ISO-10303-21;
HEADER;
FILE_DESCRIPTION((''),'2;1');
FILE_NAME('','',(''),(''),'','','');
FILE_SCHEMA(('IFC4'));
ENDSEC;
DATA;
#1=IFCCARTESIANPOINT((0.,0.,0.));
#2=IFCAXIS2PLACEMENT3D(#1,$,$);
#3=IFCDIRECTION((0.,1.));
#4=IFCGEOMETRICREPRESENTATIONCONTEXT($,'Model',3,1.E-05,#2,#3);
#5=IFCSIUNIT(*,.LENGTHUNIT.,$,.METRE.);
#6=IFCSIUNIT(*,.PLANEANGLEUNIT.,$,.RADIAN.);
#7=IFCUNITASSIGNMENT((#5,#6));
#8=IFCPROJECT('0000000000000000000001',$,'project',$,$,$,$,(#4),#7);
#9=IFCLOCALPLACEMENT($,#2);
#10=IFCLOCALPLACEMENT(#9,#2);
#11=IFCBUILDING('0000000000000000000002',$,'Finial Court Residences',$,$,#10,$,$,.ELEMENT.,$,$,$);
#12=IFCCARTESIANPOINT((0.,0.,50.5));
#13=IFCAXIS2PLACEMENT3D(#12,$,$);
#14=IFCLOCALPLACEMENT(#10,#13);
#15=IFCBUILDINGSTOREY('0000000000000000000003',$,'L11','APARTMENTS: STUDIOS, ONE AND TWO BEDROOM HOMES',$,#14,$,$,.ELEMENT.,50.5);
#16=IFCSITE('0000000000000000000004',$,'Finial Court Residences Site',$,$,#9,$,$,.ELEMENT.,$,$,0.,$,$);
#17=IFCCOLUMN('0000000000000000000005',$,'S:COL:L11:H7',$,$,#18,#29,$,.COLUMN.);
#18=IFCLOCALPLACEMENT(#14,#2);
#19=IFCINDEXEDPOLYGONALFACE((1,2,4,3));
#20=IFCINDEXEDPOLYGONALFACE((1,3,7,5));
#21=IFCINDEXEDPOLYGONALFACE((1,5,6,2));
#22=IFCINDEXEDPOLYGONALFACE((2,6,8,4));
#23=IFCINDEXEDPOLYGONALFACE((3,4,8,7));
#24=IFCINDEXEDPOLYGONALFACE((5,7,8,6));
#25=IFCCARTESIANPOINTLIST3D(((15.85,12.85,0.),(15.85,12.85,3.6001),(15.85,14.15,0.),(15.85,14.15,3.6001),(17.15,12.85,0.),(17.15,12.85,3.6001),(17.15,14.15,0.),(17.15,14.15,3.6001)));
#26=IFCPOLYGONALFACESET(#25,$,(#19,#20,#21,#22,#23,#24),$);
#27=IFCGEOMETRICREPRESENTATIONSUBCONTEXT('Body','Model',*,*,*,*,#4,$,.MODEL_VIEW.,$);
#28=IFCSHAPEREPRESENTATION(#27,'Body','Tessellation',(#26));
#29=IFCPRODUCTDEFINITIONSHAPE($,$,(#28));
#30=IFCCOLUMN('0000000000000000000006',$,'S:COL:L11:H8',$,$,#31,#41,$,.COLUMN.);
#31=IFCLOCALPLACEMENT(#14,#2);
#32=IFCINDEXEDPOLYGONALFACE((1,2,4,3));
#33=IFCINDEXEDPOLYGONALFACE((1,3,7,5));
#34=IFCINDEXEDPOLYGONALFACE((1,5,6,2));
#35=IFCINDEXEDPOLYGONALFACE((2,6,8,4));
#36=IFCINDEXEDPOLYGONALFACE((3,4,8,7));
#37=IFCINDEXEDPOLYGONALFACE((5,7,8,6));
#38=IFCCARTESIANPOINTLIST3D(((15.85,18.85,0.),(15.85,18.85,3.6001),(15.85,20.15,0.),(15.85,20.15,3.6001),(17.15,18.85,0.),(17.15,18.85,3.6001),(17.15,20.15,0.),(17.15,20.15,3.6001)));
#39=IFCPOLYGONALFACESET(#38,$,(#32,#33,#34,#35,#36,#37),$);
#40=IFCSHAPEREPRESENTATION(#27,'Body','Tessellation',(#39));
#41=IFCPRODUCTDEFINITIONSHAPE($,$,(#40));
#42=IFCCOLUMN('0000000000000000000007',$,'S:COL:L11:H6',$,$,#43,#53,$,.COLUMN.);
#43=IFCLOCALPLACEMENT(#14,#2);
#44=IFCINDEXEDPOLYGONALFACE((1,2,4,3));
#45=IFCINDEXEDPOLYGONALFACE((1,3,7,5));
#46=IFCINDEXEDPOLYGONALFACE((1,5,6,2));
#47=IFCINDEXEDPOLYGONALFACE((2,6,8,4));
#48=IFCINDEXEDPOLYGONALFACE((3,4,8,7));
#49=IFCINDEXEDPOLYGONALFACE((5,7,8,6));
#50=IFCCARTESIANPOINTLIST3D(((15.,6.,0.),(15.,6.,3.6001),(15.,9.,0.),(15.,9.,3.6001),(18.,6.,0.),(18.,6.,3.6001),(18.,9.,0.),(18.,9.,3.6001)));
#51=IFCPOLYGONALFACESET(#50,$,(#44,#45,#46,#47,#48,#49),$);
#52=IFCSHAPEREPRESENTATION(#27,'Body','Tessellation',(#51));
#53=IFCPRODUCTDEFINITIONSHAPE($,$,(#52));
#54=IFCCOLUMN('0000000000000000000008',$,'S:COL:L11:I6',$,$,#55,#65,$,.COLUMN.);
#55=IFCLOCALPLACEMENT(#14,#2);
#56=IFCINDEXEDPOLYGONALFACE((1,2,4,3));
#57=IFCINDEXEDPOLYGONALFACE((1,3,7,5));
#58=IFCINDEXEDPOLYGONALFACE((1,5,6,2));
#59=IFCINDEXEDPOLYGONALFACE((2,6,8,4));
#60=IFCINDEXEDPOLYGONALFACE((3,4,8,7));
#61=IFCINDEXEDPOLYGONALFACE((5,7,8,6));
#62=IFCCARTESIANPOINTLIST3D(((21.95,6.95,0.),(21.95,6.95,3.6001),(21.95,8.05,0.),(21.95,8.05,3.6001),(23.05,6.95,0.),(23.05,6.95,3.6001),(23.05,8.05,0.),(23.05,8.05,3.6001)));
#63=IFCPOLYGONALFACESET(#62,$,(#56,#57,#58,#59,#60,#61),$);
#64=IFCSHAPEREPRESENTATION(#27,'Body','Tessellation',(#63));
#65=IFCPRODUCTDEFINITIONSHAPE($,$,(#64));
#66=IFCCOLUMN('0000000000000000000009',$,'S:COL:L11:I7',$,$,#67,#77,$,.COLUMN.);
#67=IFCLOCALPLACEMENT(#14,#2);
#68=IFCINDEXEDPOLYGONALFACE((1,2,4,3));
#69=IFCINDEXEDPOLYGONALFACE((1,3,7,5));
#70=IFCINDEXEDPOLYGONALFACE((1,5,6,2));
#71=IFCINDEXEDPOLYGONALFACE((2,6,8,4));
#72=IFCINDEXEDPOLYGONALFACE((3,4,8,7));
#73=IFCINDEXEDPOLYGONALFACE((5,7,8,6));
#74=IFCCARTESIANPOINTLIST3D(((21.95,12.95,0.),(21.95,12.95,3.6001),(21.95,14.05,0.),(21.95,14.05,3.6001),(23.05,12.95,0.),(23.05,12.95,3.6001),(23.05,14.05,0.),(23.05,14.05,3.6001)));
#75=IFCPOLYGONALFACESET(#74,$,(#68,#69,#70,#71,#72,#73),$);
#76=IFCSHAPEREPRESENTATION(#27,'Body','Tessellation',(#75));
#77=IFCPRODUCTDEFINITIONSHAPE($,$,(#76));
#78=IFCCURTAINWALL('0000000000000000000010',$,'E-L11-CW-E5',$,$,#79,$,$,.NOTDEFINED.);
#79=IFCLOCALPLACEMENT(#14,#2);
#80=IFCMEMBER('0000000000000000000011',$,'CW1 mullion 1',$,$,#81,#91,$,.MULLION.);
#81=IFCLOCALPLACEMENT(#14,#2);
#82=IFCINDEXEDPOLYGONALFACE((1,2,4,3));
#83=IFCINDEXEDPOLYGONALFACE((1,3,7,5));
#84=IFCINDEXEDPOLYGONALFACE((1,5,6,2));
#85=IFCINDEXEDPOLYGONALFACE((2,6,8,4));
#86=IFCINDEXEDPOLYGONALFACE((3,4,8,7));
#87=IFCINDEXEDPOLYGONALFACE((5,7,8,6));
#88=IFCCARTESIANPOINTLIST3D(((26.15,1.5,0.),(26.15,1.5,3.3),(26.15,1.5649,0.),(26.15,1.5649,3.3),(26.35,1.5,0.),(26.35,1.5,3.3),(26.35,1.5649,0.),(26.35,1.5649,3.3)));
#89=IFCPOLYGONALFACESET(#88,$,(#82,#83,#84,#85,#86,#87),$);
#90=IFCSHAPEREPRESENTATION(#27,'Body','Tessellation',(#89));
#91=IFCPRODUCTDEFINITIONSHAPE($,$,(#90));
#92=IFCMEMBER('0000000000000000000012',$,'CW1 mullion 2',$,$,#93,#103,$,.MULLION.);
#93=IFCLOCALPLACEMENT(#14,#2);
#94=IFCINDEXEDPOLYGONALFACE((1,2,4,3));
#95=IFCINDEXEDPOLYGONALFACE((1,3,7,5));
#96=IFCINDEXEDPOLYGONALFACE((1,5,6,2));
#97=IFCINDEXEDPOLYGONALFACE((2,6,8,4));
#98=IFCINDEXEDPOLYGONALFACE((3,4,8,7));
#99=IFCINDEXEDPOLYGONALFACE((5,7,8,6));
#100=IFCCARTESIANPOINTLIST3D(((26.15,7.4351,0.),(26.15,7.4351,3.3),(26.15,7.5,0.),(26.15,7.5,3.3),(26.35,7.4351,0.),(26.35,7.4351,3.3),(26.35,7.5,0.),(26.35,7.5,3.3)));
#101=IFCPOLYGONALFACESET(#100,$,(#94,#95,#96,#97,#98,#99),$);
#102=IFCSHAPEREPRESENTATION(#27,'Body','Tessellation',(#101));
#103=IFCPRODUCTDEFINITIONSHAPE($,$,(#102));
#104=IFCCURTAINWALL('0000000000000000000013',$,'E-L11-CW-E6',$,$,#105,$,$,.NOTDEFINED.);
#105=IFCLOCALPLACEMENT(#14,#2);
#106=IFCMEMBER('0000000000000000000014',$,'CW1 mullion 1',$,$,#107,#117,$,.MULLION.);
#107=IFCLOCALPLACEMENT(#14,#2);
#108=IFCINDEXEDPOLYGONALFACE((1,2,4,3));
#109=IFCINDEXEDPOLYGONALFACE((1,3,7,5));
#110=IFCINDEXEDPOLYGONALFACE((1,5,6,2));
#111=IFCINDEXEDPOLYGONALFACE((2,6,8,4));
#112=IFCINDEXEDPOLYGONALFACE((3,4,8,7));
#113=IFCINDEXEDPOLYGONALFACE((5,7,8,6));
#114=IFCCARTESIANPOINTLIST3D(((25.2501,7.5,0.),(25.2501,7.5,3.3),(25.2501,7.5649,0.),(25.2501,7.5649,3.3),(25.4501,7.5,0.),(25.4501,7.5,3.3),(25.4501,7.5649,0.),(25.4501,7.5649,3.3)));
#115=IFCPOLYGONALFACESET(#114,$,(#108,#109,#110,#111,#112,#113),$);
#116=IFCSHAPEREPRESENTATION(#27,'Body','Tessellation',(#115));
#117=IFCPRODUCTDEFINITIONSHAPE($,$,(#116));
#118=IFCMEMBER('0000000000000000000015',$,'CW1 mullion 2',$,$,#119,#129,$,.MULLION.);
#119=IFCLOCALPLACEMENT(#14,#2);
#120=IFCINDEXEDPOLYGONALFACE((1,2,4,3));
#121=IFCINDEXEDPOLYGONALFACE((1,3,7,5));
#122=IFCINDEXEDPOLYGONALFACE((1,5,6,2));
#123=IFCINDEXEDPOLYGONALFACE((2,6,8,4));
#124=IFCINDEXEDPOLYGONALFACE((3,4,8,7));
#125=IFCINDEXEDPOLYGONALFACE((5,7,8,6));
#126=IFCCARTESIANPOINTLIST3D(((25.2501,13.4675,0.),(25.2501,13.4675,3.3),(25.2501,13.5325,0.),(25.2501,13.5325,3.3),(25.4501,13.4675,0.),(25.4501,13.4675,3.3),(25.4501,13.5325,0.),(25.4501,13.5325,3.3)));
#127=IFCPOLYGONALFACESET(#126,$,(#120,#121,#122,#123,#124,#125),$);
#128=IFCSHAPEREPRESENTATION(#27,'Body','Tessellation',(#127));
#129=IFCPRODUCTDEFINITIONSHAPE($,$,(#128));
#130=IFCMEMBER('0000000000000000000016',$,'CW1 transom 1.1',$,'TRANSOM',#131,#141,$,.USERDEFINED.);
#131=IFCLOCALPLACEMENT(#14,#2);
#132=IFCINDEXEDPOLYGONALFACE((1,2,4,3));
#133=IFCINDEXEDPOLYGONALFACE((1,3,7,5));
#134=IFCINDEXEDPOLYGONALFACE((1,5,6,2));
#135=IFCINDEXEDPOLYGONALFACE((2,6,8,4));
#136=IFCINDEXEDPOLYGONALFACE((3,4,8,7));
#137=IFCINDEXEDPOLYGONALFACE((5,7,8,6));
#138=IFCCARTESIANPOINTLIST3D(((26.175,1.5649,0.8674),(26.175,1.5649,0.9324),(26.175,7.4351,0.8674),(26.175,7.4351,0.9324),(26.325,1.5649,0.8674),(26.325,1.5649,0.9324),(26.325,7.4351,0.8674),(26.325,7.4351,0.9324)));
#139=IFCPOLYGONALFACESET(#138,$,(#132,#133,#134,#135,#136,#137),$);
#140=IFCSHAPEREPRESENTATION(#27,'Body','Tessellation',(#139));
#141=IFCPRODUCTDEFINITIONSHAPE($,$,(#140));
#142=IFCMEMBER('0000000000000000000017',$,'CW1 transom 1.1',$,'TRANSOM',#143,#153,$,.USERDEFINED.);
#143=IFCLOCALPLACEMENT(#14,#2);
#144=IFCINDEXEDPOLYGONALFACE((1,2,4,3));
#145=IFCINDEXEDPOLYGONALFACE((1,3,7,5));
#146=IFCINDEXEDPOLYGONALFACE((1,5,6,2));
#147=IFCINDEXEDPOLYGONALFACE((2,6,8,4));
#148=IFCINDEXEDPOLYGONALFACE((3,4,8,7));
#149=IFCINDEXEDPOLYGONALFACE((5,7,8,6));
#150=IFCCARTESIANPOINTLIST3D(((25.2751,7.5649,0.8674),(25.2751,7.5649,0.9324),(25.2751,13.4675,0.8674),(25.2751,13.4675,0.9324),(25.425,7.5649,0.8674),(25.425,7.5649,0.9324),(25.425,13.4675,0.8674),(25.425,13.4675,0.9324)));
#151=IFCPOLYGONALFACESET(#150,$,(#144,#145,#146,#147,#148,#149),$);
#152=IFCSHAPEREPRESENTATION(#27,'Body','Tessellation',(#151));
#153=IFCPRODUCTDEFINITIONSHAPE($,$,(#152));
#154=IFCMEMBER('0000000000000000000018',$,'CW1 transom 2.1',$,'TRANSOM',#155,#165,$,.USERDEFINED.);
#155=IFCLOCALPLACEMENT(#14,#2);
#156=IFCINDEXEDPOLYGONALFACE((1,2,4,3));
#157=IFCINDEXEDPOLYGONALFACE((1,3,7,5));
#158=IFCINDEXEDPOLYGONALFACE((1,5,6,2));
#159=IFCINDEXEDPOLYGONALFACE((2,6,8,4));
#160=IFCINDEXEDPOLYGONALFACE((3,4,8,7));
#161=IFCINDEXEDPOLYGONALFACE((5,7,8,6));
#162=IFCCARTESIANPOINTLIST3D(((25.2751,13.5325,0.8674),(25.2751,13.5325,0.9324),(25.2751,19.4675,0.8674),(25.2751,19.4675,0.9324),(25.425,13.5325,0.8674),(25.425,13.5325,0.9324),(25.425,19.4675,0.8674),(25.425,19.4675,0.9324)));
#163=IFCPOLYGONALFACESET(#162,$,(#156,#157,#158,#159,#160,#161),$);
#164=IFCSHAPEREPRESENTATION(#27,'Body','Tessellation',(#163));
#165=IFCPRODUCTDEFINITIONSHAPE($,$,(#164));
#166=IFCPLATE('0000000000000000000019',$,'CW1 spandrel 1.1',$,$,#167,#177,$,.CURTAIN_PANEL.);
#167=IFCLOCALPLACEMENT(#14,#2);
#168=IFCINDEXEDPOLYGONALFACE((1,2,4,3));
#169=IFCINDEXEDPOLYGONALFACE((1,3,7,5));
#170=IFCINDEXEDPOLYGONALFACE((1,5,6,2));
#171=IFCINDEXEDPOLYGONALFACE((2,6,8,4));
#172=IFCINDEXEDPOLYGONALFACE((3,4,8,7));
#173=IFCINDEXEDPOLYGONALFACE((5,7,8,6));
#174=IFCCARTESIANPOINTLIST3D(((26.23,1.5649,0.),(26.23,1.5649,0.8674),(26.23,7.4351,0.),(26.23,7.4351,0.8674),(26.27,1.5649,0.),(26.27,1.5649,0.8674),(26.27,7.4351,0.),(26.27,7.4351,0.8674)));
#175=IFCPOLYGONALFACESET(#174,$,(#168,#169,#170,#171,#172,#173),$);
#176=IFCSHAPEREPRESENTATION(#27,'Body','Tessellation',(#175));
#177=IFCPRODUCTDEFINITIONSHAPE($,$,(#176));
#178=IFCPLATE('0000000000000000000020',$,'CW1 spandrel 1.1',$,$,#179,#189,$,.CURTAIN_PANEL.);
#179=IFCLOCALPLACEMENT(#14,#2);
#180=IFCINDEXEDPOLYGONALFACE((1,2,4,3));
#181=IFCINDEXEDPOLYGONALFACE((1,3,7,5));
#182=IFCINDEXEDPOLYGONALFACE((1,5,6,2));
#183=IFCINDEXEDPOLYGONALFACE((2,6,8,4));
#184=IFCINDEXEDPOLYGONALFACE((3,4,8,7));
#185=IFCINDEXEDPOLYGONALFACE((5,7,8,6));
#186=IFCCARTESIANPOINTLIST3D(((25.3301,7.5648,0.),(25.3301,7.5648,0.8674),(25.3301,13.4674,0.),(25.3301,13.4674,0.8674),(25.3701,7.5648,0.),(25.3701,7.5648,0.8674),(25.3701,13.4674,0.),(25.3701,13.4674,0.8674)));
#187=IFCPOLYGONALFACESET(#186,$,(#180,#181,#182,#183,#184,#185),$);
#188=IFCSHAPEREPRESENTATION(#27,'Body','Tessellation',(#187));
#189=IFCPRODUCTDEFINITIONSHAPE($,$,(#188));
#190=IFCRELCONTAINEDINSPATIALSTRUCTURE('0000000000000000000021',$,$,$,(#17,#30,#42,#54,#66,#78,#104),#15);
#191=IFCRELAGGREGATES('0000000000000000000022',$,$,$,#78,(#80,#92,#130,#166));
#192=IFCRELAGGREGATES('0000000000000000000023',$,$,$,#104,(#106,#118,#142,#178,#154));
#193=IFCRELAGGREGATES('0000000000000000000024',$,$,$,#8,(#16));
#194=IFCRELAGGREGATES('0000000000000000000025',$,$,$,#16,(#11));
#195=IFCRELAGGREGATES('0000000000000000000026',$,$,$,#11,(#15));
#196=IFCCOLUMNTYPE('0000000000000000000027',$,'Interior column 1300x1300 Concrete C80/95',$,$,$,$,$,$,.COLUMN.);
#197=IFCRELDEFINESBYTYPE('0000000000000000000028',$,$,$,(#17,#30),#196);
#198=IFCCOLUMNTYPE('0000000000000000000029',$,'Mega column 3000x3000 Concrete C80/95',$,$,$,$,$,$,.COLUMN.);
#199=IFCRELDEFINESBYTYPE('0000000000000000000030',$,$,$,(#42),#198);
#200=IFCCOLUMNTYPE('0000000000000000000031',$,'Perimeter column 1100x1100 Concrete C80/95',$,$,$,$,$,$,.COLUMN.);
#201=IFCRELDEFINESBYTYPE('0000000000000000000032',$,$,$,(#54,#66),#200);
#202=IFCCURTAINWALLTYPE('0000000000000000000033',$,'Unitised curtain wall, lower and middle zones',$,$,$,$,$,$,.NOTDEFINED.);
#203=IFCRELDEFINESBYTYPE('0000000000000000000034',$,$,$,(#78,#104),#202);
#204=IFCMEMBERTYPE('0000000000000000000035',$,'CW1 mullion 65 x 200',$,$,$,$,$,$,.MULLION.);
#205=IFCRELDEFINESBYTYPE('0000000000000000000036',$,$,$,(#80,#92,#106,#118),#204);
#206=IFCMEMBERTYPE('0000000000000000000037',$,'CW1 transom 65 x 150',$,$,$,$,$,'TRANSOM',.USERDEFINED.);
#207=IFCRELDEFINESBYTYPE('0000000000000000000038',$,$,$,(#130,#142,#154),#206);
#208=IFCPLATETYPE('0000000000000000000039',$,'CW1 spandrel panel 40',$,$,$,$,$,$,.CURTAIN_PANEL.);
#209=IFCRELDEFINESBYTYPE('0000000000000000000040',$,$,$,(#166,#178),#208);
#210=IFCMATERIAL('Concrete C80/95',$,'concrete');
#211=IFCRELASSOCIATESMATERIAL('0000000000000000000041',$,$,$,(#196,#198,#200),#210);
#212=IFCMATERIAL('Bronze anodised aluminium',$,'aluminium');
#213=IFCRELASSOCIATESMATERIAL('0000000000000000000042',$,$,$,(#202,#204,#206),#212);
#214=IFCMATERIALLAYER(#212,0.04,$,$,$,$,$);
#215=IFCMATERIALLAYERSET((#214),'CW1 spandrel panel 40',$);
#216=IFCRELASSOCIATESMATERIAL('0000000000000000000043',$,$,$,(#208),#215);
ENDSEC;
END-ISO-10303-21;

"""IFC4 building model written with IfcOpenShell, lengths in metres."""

from ifc_helpers import new_model, si_unit, direction, frame, origin, origin_2d, place, context, subcontext, project, spatial, rectangle, extrude, material, layer, layer_set, material_profile, profile_set, type_object, element, aggregate, save


model = new_model("IFC4")

# Units and contexts
model_context = context("Model", 3, precision=1e-05, world=origin(), true_north=direction((0.0, 1.0)))
body_context = subcontext(model_context, "Body", "Model", "MODEL_VIEW")
ifc_project = project(units=[si_unit("LENGTHUNIT", "METRE"), si_unit("PLANEANGLEUNIT", "RADIAN")], contexts=[model_context])

# Site, building, storey
site_placement = place(None, origin())
site = spatial("IfcSite", under=ifc_project, at=site_placement, Name="Finial Court Residences Site", CompositionType="ELEMENT", RefElevation=0.0)
building_placement = place(site_placement, origin())
building = spatial("IfcBuilding", under=site, at=building_placement, Name="Finial Court Residences", CompositionType="ELEMENT")
storey_placement = place(building_placement, frame((0.0, 0.0, 50.5)))
storey = spatial("IfcBuildingStorey", under=building, at=storey_placement, Name="L11", Description="APARTMENTS: STUDIOS, ONE AND TWO BEDROOM HOMES", CompositionType="ELEMENT", Elevation=50.5)

# Columns
ifc_material_1 = material(Name="Concrete C80/95", Category="concrete")
ifc_material_profile_1 = material_profile(ifc_material_1, rectangle(XDim=1.3, YDim=1.3, at=origin_2d()), Name="1300x1300")
ifc_profile_set_1 = profile_set([ifc_material_profile_1], Name="Concrete C80/95")
column_type_1 = type_object("IfcColumnType", Name="Interior column 1300x1300 Concrete C80/95", PredefinedType="COLUMN", material=ifc_profile_set_1)
for number, where, z_axis, x_axis, name in (
    (1, (16.5, 13.5, 0.0), (0.0, 0.0, 1.0), (1.0, 0.0, 0.0), "S:COL:L11:H7"),
    (2, (16.5, 19.5, 0.0), (0.0, 0.0, 1.0), (1.0, 0.0, 0.0), "S:COL:L11:H8"),
):
    element("IfcColumn", number, at=place(storey_placement, frame(where, z_axis=z_axis, x_axis=x_axis)), inside=storey, type_object=column_type_1, Name=name, PredefinedType="COLUMN", context=body_context, shape_type="SweptSolid", body=[
        extrude(rectangle(XDim=1.3, YDim=1.3, at=origin_2d()), origin(), (0.0, 0.0, 1.0), 3.6001),
    ])
ifc_material_profile_2 = material_profile(ifc_material_1, rectangle(XDim=3.0, YDim=3.0, at=origin_2d()), Name="3000x3000")
ifc_profile_set_2 = profile_set([ifc_material_profile_2], Name="Concrete C80/95")
column_type_2 = type_object("IfcColumnType", Name="Mega column 3000x3000 Concrete C80/95", PredefinedType="COLUMN", material=ifc_profile_set_2)
column_placement = place(storey_placement, frame((16.5, 7.5, 0.0), z_axis=(0.0, 0.0, 1.0), x_axis=(1.0, 0.0, 0.0)))
element("IfcColumn", 3, at=column_placement, inside=storey, type_object=column_type_2, Name="S:COL:L11:H6", PredefinedType="COLUMN", context=body_context, shape_type="SweptSolid", body=[
    extrude(rectangle(XDim=3.0, YDim=3.0, at=origin_2d()), origin(), (0.0, 0.0, 1.0), 3.6001),
])
ifc_material_profile_3 = material_profile(ifc_material_1, rectangle(XDim=1.1001, YDim=1.1001, at=origin_2d()), Name="1100x1100")
ifc_profile_set_3 = profile_set([ifc_material_profile_3], Name="Concrete C80/95")
column_type_3 = type_object("IfcColumnType", Name="Perimeter column 1100x1100 Concrete C80/95", PredefinedType="COLUMN", material=ifc_profile_set_3)
for number, where, z_axis, x_axis, name in (
    (4, (22.5, 7.5, 0.0), (0.0, 0.0, 1.0), (1.0, 0.0, 0.0), "S:COL:L11:I6"),
    (5, (22.5, 13.5, 0.0), (0.0, 0.0, 1.0), (1.0, 0.0, 0.0), "S:COL:L11:I7"),
):
    element("IfcColumn", number, at=place(storey_placement, frame(where, z_axis=z_axis, x_axis=x_axis)), inside=storey, type_object=column_type_3, Name=name, PredefinedType="COLUMN", context=body_context, shape_type="SweptSolid", body=[
        extrude(rectangle(XDim=1.1001, YDim=1.1001, at=origin_2d()), origin(), (0.0, 0.0, 1.0), 3.6001),
    ])

# Curtain walls, members
ifc_material_2 = material(Name="Bronze anodised aluminium", Category="aluminium")
curtain_wall_type = type_object("IfcCurtainWallType", Name="Unitised curtain wall, lower and middle zones", PredefinedType="NOTDEFINED", material=ifc_material_2)
curtain_wall_1_placement = place(storey_placement, origin())
curtain_wall_1 = element("IfcCurtainWall", 6, at=curtain_wall_1_placement, inside=storey, type_object=curtain_wall_type, Name="E-L11-CW-E5", PredefinedType="NOTDEFINED")
ifc_material_profile_4 = material_profile(ifc_material_2, rectangle(XDim=0.2, YDim=0.0649, at=origin_2d()), Name="CW1 mullion 65 x 200")
ifc_profile_set_4 = profile_set([ifc_material_profile_4], Name="Bronze anodised aluminium")
member_type_1 = type_object("IfcMemberType", Name="CW1 mullion 65 x 200", PredefinedType="MULLION", material=ifc_profile_set_4)
member_1_placement = place(storey_placement, frame((26.25, 1.5325, 0.0), z_axis=(0.0, 0.0, 1.0), x_axis=(-1.0, 0.0, 0.0)))
member_1 = element("IfcMember", 7, at=member_1_placement, type_object=member_type_1, Name="CW1 mullion 1", PredefinedType="MULLION", context=body_context, shape_type="SweptSolid", body=[
    extrude(rectangle(XDim=0.2, YDim=0.0649, at=origin_2d()), origin(), (0.0, 0.0, 1.0), 3.3),
])
member_2_placement = place(storey_placement, frame((26.25, 7.4675, 0.0), z_axis=(0.0, 0.0, 1.0), x_axis=(-1.0, 0.0, 0.0)))
member_2 = element("IfcMember", 8, at=member_2_placement, type_object=member_type_1, Name="CW1 mullion 2", PredefinedType="MULLION", context=body_context, shape_type="SweptSolid", body=[
    extrude(rectangle(XDim=0.2, YDim=0.0649, at=origin_2d()), origin(), (0.0, 0.0, 1.0), 3.3),
])
curtain_wall_2_placement = place(storey_placement, origin())
curtain_wall_2 = element("IfcCurtainWall", 9, at=curtain_wall_2_placement, inside=storey, type_object=curtain_wall_type, Name="E-L11-CW-E6", PredefinedType="NOTDEFINED")
member_3_placement = place(storey_placement, frame((25.3501, 7.5325, 0.0), z_axis=(0.0, 0.0, 1.0), x_axis=(-1.0, 0.0, 0.0)))
member_3 = element("IfcMember", 10, at=member_3_placement, type_object=member_type_1, Name="CW1 mullion 1", PredefinedType="MULLION", context=body_context, shape_type="SweptSolid", body=[
    extrude(rectangle(XDim=0.2, YDim=0.0649, at=origin_2d()), origin(), (0.0, 0.0, 1.0), 3.3),
])
member_4_placement = place(storey_placement, frame((25.3501, 13.5, 0.0), z_axis=(0.0, 0.0, 1.0), x_axis=(-1.0, 0.0, 0.0)))
member_4 = element("IfcMember", 11, at=member_4_placement, type_object=member_type_1, Name="CW1 mullion 2", PredefinedType="MULLION", context=body_context, shape_type="SweptSolid", body=[
    extrude(rectangle(XDim=0.2, YDim=0.0649, at=origin_2d()), origin(), (0.0, 0.0, 1.0), 3.3),
])

# Members
ifc_material_profile_5 = material_profile(ifc_material_2, rectangle(XDim=0.1499, YDim=0.0649, at=origin_2d()), Name="CW1 transom 65 x 150")
ifc_profile_set_5 = profile_set([ifc_material_profile_5], Name="Bronze anodised aluminium")
member_type_2 = type_object("IfcMemberType", Name="CW1 transom 65 x 150", ElementType="TRANSOM", PredefinedType="USERDEFINED", material=ifc_profile_set_5)
member_5_placement = place(storey_placement, frame((26.25, 1.5649, 0.8999), z_axis=(0.0, 1.0, 0.0), x_axis=(-1.0, 0.0, 0.0)))
member_5 = element("IfcMember", 12, at=member_5_placement, type_object=member_type_2, Name="CW1 transom 1.1", ObjectType="TRANSOM", PredefinedType="USERDEFINED", context=body_context, shape_type="SweptSolid", body=[
    extrude(rectangle(XDim=0.1499, YDim=0.0649, at=origin_2d()), origin(), (0.0, 0.0, 1.0), 5.8701),
])
member_6_placement = place(storey_placement, frame((25.3501, 7.5649, 0.8999), z_axis=(0.0, 1.0, 0.0), x_axis=(-1.0, 0.0, 0.0)))
member_6 = element("IfcMember", 13, at=member_6_placement, type_object=member_type_2, Name="CW1 transom 1.1", ObjectType="TRANSOM", PredefinedType="USERDEFINED", context=body_context, shape_type="SweptSolid", body=[
    extrude(rectangle(XDim=0.1499, YDim=0.0649, at=origin_2d()), origin(), (0.0, 0.0, 1.0), 5.9026),
])
member_7_placement = place(storey_placement, frame((25.3501, 13.5325, 0.8999), z_axis=(0.0, 1.0, 0.0), x_axis=(-1.0, 0.0, 0.0)))
member_7 = element("IfcMember", 14, at=member_7_placement, type_object=member_type_2, Name="CW1 transom 2.1", ObjectType="TRANSOM", PredefinedType="USERDEFINED", context=body_context, shape_type="SweptSolid", body=[
    extrude(rectangle(XDim=0.1499, YDim=0.0649, at=origin_2d()), origin(), (0.0, 0.0, 1.0), 5.9351),
])

# Plates
ifc_layer_1 = layer(ifc_material_2, 0.04)
ifc_layer_set_1 = layer_set([ifc_layer_1], Name="CW1 spandrel panel 40")
plate_type_1 = type_object("IfcPlateType", Name="CW1 spandrel panel 40", PredefinedType="CURTAIN_PANEL", material=ifc_layer_set_1)
plate_1_placement = place(storey_placement, frame((26.25, 4.5, 0.0), z_axis=(0.0, 0.0, 1.0), x_axis=(0.0, 1.0, 0.0)))
plate_1 = element("IfcPlate", 15, at=plate_1_placement, type_object=plate_type_1, Name="CW1 spandrel 1.1", PredefinedType="CURTAIN_PANEL", context=body_context, shape_type="SweptSolid", body=[
    extrude(rectangle(XDim=5.8701, YDim=0.04, at=origin_2d()), origin(), (0.0, 0.0, 1.0), 0.8674),
])
plate_2_placement = place(storey_placement, frame((25.3501, 10.5161, 0.0), z_axis=(0.0, 0.0, 1.0), x_axis=(0.0, 1.0, 0.0)))
plate_2 = element("IfcPlate", 16, at=plate_2_placement, type_object=plate_type_1, Name="CW1 spandrel 1.1", PredefinedType="CURTAIN_PANEL", context=body_context, shape_type="SweptSolid", body=[
    extrude(rectangle(XDim=5.9026, YDim=0.04, at=origin_2d()), origin(), (0.0, 0.0, 1.0), 0.8674),
])
aggregate(curtain_wall_1, [member_1, member_2, member_5, plate_1])
aggregate(curtain_wall_2, [member_3, member_4, member_6, plate_2, member_7])

save(model, "model.ifc")
